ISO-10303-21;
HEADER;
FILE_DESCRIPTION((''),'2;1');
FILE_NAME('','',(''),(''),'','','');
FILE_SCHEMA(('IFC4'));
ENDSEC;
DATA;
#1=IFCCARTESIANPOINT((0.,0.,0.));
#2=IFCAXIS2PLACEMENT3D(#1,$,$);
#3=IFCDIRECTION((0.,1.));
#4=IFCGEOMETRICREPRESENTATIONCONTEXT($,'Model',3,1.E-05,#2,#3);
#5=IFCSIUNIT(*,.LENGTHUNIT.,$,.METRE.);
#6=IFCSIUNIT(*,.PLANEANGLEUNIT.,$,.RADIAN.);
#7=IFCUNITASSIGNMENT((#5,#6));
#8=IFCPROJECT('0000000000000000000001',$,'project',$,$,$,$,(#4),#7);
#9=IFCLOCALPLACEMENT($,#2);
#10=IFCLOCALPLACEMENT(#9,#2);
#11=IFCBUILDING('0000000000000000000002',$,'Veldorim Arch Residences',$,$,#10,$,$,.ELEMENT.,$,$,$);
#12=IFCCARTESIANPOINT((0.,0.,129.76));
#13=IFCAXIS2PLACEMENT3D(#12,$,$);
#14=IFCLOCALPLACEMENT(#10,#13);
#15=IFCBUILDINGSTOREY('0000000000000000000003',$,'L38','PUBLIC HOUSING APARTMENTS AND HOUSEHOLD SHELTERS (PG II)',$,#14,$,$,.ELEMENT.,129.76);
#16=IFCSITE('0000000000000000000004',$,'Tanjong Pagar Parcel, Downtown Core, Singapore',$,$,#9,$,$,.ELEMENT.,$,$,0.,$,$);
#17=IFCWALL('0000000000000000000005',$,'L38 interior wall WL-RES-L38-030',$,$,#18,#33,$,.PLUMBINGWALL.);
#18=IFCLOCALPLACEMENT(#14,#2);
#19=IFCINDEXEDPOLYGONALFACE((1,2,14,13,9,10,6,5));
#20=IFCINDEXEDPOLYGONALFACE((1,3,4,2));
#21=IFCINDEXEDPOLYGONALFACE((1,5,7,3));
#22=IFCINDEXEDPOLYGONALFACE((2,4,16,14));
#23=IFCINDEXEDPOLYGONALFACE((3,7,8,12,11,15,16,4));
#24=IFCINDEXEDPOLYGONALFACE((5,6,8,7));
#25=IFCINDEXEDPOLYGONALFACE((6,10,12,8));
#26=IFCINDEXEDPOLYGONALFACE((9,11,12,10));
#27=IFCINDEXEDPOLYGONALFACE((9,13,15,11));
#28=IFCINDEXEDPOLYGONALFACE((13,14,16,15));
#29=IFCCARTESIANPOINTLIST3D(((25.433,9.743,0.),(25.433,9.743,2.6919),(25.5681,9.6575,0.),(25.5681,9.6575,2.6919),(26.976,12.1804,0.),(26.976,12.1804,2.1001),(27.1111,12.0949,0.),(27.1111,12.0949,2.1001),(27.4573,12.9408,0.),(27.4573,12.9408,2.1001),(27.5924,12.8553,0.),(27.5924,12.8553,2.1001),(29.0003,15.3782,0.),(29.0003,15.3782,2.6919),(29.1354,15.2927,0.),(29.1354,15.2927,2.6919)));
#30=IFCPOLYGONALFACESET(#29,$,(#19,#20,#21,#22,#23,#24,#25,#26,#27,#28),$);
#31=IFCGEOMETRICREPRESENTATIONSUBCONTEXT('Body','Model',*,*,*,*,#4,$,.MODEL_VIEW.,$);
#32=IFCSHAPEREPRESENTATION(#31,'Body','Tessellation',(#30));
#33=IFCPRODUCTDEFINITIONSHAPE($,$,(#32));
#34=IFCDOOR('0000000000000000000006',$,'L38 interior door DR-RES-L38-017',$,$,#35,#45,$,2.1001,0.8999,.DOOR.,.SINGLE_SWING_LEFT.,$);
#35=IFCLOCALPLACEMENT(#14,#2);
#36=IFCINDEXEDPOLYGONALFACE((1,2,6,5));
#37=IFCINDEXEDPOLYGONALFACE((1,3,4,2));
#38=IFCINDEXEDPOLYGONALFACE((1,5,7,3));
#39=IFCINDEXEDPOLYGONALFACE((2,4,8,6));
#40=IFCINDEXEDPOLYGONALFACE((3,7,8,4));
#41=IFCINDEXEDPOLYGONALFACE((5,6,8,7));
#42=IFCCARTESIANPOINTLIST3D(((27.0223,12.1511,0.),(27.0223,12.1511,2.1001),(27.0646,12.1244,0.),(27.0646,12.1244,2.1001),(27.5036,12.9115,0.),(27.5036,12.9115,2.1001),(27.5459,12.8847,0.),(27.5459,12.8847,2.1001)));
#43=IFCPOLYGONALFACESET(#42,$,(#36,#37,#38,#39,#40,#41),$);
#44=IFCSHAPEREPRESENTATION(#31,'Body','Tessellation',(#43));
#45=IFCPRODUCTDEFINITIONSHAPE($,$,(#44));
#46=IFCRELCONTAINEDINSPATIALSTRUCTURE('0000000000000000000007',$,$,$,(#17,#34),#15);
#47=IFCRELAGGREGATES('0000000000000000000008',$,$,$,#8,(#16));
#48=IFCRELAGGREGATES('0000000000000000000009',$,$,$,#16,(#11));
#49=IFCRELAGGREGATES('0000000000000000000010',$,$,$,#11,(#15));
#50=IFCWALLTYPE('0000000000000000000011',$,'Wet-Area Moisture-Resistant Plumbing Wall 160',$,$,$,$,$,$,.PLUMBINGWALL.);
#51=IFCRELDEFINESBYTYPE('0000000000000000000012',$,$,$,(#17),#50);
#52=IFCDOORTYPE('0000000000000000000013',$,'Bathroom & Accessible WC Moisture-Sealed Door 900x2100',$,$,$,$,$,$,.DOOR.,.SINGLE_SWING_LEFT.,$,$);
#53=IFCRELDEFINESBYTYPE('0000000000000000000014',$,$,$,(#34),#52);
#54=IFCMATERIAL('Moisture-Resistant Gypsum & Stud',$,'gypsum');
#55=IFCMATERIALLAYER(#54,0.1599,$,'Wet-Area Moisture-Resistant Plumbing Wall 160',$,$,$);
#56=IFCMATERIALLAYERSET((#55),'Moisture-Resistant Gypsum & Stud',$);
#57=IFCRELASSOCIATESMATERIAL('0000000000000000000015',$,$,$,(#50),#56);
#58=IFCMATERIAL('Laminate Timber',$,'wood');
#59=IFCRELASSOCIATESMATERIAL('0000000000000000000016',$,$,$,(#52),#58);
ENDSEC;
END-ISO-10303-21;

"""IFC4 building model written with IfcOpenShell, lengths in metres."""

from ifc_helpers import new_model, si_unit, direction, frame, frame_2d, origin, place, context, subcontext, project, spatial, rectangle, extrude, material, layer, layer_set, type_object, element, fill, save


model = new_model("IFC4")

# Units and contexts
model_context = context("Model", 3, precision=1e-05, world=origin(), true_north=direction((0.0, 1.0)))
body_context = subcontext(model_context, "Body", "Model", "MODEL_VIEW")
ifc_project = project(units=[si_unit("LENGTHUNIT", "METRE"), si_unit("PLANEANGLEUNIT", "RADIAN")], contexts=[model_context])

# Site, building, storey
site_placement = place(None, origin())
site = spatial("IfcSite", under=ifc_project, at=site_placement, Name="Tanjong Pagar Parcel, Downtown Core, Singapore", CompositionType="ELEMENT", RefElevation=0.0)
building_placement = place(site_placement, origin())
building = spatial("IfcBuilding", under=site, at=building_placement, Name="Veldorim Arch Residences", CompositionType="ELEMENT")
storey_placement = place(building_placement, frame((0.0, 0.0, 129.76)))
storey = spatial("IfcBuildingStorey", under=building, at=storey_placement, Name="L38", Description="PUBLIC HOUSING APARTMENTS AND HOUSEHOLD SHELTERS (PG II)", CompositionType="ELEMENT", Elevation=129.76)

# Wall, opening, door
ifc_material_1 = material(Name="Moisture-Resistant Gypsum & Stud", Category="gypsum")
ifc_layer_1 = layer(ifc_material_1, 0.1599, Name="Wet-Area Moisture-Resistant Plumbing Wall 160")
ifc_layer_set_1 = layer_set([ifc_layer_1], Name="Moisture-Resistant Gypsum & Stud")
wall_type_1 = type_object("IfcWallType", Name="Wet-Area Moisture-Resistant Plumbing Wall 160", PredefinedType="PLUMBINGWALL", material=ifc_layer_set_1)
wall_1_placement = place(storey_placement, frame((29.0679, 15.3354, 0.0), z_axis=(0.0, 0.0, 1.0), x_axis=(-0.53488, -0.844928, 0.0)))
wall_1 = element("IfcWall", 1, at=wall_1_placement, inside=storey, type_object=wall_type_1, Name="L38 interior wall WL-RES-L38-030", PredefinedType="PLUMBINGWALL", context=body_context, shape_type="SweptSolid", body=[
    extrude(rectangle(XDim=6.6694, YDim=0.1599, at=frame_2d((3.3347, 0.0))), origin(), (0.0, 0.0, 1.0), 2.6919),
])
opening_1_placement = place(wall_1_placement, frame((2.8848, 0.0, 0.0)))
opening_1 = element("IfcOpeningElement", 2, at=opening_1_placement, cuts=wall_1, PredefinedType="OPENING", context=body_context, shape_type="SweptSolid", body=[
    extrude(rectangle(XDim=0.8999, YDim=2.1001, at=frame_2d((0.45, 1.05))), frame((0.0, 0.0898, 0.0), z_axis=(0.0, -1.0, 0.0), x_axis=(1.0, 0.0, 0.0)), (0.0, 0.0, 1.0), 0.1799),
])
ifc_material_2 = material(Name="Laminate Timber", Category="wood")
door_type_1 = type_object("IfcDoorType", Name="Bathroom & Accessible WC Moisture-Sealed Door 900x2100", OperationType="SINGLE_SWING_LEFT", PredefinedType="DOOR", material=ifc_material_2)
door_1_placement = place(opening_1_placement, origin())
door_1 = element("IfcDoor", 3, at=door_1_placement, inside=storey, type_object=door_type_1, Name="L38 interior door DR-RES-L38-017", OperationType="SINGLE_SWING_LEFT", OverallHeight=2.1001, OverallWidth=0.8999, PredefinedType="DOOR", context=body_context, shape_type="SweptSolid", body=[
    extrude(rectangle(XDim=0.8999, YDim=2.1001, at=frame_2d((0.45, 1.05))), frame((0.0, 0.0249, 0.0), z_axis=(0.0, -1.0, 0.0), x_axis=(1.0, 0.0, 0.0)), (0.0, 0.0, 1.0), 0.05),
])
fill(opening_1, door_1)

save(model, "model.ifc")
